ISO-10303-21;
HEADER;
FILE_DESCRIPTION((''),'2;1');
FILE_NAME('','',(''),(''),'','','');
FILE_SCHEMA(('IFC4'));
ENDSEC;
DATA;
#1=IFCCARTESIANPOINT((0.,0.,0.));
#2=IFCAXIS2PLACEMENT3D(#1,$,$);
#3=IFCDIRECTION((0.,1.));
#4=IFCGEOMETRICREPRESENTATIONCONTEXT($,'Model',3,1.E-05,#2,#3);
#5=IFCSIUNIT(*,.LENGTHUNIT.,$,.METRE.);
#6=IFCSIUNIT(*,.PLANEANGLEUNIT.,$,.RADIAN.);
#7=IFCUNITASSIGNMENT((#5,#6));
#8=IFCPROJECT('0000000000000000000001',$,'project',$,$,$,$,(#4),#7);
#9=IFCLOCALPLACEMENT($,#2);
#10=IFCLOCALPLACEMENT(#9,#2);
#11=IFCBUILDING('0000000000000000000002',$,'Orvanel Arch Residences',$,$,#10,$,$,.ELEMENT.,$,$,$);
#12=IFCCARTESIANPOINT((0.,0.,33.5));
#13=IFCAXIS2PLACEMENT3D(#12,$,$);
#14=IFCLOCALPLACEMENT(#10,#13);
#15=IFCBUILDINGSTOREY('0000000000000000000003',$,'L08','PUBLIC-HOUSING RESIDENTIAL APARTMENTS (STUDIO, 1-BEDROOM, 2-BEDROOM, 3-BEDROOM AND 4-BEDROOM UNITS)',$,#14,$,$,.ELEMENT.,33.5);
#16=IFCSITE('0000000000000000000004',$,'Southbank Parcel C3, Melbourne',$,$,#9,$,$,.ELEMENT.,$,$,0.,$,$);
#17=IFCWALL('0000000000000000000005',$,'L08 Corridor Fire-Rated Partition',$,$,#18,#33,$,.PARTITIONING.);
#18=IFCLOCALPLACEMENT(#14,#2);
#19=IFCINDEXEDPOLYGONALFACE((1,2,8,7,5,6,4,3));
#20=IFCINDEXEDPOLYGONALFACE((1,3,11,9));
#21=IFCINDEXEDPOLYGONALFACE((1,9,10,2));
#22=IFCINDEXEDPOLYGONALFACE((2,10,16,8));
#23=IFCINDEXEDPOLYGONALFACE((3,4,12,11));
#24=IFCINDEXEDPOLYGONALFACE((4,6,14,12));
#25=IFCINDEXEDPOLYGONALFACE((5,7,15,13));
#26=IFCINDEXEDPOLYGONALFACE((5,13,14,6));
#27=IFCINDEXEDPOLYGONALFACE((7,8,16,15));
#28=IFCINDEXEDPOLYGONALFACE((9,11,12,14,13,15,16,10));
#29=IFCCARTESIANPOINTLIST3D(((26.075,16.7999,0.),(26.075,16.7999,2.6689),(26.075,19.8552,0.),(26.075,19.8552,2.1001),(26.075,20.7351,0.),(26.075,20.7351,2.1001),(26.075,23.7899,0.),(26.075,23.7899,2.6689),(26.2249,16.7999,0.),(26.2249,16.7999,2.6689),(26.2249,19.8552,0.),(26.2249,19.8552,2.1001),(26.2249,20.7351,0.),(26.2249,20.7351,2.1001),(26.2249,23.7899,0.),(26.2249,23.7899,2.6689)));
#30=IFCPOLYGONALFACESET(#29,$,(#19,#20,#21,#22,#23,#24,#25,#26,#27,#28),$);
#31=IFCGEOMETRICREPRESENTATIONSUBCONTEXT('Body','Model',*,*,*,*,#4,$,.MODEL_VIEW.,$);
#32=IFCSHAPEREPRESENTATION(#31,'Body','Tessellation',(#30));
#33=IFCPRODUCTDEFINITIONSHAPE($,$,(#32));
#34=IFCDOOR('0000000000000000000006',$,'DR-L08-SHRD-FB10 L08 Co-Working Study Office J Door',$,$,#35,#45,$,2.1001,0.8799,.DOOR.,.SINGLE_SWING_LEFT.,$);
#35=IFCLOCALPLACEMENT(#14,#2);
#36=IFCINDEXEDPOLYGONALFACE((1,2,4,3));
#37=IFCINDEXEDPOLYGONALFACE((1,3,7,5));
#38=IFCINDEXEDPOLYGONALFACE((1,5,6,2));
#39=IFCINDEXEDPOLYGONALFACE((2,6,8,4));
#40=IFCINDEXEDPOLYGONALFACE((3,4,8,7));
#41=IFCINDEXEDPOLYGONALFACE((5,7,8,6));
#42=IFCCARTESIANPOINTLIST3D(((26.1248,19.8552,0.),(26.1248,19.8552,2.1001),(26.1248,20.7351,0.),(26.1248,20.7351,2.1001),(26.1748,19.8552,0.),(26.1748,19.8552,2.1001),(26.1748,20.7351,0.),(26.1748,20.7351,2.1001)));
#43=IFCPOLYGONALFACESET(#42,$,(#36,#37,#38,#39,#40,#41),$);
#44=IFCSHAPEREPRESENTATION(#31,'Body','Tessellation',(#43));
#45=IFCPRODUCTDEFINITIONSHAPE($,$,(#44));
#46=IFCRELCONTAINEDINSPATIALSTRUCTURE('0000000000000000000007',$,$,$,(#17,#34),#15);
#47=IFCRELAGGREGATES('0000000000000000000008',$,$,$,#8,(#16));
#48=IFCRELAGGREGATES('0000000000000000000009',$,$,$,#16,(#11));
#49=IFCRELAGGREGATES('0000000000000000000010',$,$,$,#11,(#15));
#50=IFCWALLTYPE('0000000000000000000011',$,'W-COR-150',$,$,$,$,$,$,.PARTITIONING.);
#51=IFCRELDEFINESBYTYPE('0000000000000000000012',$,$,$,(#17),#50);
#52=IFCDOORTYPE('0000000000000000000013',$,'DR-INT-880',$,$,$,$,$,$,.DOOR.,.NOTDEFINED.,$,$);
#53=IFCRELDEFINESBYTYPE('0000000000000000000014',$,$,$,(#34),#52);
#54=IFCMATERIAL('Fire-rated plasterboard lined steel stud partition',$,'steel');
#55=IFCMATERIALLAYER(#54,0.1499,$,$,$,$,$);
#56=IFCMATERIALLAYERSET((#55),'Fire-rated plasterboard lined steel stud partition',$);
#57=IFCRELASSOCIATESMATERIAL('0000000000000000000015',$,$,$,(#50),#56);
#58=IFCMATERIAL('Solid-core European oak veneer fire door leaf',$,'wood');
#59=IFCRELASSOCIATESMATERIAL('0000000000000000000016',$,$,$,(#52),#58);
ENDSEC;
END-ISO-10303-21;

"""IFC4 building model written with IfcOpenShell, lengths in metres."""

from ifc_helpers import new_model, si_unit, direction, frame, frame_2d, origin, place, context, subcontext, project, spatial, rectangle, extrude, material, layer, layer_set, type_object, element, fill, save


model = new_model("IFC4")

# Units and contexts
model_context = context("Model", 3, precision=1e-05, world=origin(), true_north=direction((0.0, 1.0)))
body_context = subcontext(model_context, "Body", "Model", "MODEL_VIEW")
ifc_project = project(units=[si_unit("LENGTHUNIT", "METRE"), si_unit("PLANEANGLEUNIT", "RADIAN")], contexts=[model_context])

# Site, building, storey
site_placement = place(None, origin())
site = spatial("IfcSite", under=ifc_project, at=site_placement, Name="Southbank Parcel C3, Melbourne", CompositionType="ELEMENT", RefElevation=0.0)
building_placement = place(site_placement, origin())
building = spatial("IfcBuilding", under=site, at=building_placement, Name="Orvanel Arch Residences", CompositionType="ELEMENT")
storey_placement = place(building_placement, frame((0.0, 0.0, 33.5)))
storey = spatial("IfcBuildingStorey", under=building, at=storey_placement, Name="L08", Description="PUBLIC-HOUSING RESIDENTIAL APARTMENTS (STUDIO, 1-BEDROOM, 2-BEDROOM, 3-BEDROOM AND 4-BEDROOM UNITS)", CompositionType="ELEMENT", Elevation=33.5)

# Wall, opening, door
ifc_material_1 = material(Name="Fire-rated plasterboard lined steel stud partition", Category="steel")
ifc_layer_1 = layer(ifc_material_1, 0.1499)
ifc_layer_set_1 = layer_set([ifc_layer_1], Name="Fire-rated plasterboard lined steel stud partition")
wall_type_1 = type_object("IfcWallType", Name="W-COR-150", PredefinedType="PARTITIONING", material=ifc_layer_set_1)
wall_1_placement = place(storey_placement, frame((26.1499, 23.79, 0.0), z_axis=(0.0, 0.0, 1.0), x_axis=(0.0, -1.0, 0.0)))
wall_1 = element("IfcWall", 1, at=wall_1_placement, inside=storey, type_object=wall_type_1, Name="L08 Corridor Fire-Rated Partition", PredefinedType="PARTITIONING", context=body_context, shape_type="SweptSolid", body=[
    extrude(rectangle(XDim=6.99, YDim=0.1499, at=frame_2d((3.4951, 0.0))), origin(), (0.0, 0.0, 1.0), 2.6689),
])
opening_1_placement = place(wall_1_placement, frame((3.0549, 0.0, 0.0)))
opening_1 = element("IfcOpeningElement", 2, at=opening_1_placement, cuts=wall_1, PredefinedType="OPENING", context=body_context, shape_type="SweptSolid", body=[
    extrude(rectangle(XDim=0.8799, YDim=2.1001, at=frame_2d((0.4399, 1.05))), frame((0.0, 0.085, 0.0), z_axis=(0.0, -1.0, 0.0), x_axis=(1.0, 0.0, 0.0)), (0.0, 0.0, 1.0), 0.1699),
])
ifc_material_2 = material(Name="Solid-core European oak veneer fire door leaf", Category="wood")
door_type_1 = type_object("IfcDoorType", Name="DR-INT-880", OperationType="NOTDEFINED", PredefinedType="DOOR", material=ifc_material_2)
door_1_placement = place(opening_1_placement, origin())
door_1 = element("IfcDoor", 3, at=door_1_placement, inside=storey, type_object=door_type_1, Name="DR-L08-SHRD-FB10 L08 Co-Working Study Office J Door", OperationType="SINGLE_SWING_LEFT", OverallHeight=2.1001, OverallWidth=0.8799, PredefinedType="DOOR", context=body_context, shape_type="SweptSolid", body=[
    extrude(rectangle(XDim=0.8799, YDim=2.1001, at=frame_2d((0.4399, 1.05))), frame((0.0, 0.0249, 0.0), z_axis=(0.0, -1.0, 0.0), x_axis=(1.0, 0.0, 0.0)), (0.0, 0.0, 1.0), 0.05),
])
fill(opening_1, door_1)

save(model, "model.ifc")
